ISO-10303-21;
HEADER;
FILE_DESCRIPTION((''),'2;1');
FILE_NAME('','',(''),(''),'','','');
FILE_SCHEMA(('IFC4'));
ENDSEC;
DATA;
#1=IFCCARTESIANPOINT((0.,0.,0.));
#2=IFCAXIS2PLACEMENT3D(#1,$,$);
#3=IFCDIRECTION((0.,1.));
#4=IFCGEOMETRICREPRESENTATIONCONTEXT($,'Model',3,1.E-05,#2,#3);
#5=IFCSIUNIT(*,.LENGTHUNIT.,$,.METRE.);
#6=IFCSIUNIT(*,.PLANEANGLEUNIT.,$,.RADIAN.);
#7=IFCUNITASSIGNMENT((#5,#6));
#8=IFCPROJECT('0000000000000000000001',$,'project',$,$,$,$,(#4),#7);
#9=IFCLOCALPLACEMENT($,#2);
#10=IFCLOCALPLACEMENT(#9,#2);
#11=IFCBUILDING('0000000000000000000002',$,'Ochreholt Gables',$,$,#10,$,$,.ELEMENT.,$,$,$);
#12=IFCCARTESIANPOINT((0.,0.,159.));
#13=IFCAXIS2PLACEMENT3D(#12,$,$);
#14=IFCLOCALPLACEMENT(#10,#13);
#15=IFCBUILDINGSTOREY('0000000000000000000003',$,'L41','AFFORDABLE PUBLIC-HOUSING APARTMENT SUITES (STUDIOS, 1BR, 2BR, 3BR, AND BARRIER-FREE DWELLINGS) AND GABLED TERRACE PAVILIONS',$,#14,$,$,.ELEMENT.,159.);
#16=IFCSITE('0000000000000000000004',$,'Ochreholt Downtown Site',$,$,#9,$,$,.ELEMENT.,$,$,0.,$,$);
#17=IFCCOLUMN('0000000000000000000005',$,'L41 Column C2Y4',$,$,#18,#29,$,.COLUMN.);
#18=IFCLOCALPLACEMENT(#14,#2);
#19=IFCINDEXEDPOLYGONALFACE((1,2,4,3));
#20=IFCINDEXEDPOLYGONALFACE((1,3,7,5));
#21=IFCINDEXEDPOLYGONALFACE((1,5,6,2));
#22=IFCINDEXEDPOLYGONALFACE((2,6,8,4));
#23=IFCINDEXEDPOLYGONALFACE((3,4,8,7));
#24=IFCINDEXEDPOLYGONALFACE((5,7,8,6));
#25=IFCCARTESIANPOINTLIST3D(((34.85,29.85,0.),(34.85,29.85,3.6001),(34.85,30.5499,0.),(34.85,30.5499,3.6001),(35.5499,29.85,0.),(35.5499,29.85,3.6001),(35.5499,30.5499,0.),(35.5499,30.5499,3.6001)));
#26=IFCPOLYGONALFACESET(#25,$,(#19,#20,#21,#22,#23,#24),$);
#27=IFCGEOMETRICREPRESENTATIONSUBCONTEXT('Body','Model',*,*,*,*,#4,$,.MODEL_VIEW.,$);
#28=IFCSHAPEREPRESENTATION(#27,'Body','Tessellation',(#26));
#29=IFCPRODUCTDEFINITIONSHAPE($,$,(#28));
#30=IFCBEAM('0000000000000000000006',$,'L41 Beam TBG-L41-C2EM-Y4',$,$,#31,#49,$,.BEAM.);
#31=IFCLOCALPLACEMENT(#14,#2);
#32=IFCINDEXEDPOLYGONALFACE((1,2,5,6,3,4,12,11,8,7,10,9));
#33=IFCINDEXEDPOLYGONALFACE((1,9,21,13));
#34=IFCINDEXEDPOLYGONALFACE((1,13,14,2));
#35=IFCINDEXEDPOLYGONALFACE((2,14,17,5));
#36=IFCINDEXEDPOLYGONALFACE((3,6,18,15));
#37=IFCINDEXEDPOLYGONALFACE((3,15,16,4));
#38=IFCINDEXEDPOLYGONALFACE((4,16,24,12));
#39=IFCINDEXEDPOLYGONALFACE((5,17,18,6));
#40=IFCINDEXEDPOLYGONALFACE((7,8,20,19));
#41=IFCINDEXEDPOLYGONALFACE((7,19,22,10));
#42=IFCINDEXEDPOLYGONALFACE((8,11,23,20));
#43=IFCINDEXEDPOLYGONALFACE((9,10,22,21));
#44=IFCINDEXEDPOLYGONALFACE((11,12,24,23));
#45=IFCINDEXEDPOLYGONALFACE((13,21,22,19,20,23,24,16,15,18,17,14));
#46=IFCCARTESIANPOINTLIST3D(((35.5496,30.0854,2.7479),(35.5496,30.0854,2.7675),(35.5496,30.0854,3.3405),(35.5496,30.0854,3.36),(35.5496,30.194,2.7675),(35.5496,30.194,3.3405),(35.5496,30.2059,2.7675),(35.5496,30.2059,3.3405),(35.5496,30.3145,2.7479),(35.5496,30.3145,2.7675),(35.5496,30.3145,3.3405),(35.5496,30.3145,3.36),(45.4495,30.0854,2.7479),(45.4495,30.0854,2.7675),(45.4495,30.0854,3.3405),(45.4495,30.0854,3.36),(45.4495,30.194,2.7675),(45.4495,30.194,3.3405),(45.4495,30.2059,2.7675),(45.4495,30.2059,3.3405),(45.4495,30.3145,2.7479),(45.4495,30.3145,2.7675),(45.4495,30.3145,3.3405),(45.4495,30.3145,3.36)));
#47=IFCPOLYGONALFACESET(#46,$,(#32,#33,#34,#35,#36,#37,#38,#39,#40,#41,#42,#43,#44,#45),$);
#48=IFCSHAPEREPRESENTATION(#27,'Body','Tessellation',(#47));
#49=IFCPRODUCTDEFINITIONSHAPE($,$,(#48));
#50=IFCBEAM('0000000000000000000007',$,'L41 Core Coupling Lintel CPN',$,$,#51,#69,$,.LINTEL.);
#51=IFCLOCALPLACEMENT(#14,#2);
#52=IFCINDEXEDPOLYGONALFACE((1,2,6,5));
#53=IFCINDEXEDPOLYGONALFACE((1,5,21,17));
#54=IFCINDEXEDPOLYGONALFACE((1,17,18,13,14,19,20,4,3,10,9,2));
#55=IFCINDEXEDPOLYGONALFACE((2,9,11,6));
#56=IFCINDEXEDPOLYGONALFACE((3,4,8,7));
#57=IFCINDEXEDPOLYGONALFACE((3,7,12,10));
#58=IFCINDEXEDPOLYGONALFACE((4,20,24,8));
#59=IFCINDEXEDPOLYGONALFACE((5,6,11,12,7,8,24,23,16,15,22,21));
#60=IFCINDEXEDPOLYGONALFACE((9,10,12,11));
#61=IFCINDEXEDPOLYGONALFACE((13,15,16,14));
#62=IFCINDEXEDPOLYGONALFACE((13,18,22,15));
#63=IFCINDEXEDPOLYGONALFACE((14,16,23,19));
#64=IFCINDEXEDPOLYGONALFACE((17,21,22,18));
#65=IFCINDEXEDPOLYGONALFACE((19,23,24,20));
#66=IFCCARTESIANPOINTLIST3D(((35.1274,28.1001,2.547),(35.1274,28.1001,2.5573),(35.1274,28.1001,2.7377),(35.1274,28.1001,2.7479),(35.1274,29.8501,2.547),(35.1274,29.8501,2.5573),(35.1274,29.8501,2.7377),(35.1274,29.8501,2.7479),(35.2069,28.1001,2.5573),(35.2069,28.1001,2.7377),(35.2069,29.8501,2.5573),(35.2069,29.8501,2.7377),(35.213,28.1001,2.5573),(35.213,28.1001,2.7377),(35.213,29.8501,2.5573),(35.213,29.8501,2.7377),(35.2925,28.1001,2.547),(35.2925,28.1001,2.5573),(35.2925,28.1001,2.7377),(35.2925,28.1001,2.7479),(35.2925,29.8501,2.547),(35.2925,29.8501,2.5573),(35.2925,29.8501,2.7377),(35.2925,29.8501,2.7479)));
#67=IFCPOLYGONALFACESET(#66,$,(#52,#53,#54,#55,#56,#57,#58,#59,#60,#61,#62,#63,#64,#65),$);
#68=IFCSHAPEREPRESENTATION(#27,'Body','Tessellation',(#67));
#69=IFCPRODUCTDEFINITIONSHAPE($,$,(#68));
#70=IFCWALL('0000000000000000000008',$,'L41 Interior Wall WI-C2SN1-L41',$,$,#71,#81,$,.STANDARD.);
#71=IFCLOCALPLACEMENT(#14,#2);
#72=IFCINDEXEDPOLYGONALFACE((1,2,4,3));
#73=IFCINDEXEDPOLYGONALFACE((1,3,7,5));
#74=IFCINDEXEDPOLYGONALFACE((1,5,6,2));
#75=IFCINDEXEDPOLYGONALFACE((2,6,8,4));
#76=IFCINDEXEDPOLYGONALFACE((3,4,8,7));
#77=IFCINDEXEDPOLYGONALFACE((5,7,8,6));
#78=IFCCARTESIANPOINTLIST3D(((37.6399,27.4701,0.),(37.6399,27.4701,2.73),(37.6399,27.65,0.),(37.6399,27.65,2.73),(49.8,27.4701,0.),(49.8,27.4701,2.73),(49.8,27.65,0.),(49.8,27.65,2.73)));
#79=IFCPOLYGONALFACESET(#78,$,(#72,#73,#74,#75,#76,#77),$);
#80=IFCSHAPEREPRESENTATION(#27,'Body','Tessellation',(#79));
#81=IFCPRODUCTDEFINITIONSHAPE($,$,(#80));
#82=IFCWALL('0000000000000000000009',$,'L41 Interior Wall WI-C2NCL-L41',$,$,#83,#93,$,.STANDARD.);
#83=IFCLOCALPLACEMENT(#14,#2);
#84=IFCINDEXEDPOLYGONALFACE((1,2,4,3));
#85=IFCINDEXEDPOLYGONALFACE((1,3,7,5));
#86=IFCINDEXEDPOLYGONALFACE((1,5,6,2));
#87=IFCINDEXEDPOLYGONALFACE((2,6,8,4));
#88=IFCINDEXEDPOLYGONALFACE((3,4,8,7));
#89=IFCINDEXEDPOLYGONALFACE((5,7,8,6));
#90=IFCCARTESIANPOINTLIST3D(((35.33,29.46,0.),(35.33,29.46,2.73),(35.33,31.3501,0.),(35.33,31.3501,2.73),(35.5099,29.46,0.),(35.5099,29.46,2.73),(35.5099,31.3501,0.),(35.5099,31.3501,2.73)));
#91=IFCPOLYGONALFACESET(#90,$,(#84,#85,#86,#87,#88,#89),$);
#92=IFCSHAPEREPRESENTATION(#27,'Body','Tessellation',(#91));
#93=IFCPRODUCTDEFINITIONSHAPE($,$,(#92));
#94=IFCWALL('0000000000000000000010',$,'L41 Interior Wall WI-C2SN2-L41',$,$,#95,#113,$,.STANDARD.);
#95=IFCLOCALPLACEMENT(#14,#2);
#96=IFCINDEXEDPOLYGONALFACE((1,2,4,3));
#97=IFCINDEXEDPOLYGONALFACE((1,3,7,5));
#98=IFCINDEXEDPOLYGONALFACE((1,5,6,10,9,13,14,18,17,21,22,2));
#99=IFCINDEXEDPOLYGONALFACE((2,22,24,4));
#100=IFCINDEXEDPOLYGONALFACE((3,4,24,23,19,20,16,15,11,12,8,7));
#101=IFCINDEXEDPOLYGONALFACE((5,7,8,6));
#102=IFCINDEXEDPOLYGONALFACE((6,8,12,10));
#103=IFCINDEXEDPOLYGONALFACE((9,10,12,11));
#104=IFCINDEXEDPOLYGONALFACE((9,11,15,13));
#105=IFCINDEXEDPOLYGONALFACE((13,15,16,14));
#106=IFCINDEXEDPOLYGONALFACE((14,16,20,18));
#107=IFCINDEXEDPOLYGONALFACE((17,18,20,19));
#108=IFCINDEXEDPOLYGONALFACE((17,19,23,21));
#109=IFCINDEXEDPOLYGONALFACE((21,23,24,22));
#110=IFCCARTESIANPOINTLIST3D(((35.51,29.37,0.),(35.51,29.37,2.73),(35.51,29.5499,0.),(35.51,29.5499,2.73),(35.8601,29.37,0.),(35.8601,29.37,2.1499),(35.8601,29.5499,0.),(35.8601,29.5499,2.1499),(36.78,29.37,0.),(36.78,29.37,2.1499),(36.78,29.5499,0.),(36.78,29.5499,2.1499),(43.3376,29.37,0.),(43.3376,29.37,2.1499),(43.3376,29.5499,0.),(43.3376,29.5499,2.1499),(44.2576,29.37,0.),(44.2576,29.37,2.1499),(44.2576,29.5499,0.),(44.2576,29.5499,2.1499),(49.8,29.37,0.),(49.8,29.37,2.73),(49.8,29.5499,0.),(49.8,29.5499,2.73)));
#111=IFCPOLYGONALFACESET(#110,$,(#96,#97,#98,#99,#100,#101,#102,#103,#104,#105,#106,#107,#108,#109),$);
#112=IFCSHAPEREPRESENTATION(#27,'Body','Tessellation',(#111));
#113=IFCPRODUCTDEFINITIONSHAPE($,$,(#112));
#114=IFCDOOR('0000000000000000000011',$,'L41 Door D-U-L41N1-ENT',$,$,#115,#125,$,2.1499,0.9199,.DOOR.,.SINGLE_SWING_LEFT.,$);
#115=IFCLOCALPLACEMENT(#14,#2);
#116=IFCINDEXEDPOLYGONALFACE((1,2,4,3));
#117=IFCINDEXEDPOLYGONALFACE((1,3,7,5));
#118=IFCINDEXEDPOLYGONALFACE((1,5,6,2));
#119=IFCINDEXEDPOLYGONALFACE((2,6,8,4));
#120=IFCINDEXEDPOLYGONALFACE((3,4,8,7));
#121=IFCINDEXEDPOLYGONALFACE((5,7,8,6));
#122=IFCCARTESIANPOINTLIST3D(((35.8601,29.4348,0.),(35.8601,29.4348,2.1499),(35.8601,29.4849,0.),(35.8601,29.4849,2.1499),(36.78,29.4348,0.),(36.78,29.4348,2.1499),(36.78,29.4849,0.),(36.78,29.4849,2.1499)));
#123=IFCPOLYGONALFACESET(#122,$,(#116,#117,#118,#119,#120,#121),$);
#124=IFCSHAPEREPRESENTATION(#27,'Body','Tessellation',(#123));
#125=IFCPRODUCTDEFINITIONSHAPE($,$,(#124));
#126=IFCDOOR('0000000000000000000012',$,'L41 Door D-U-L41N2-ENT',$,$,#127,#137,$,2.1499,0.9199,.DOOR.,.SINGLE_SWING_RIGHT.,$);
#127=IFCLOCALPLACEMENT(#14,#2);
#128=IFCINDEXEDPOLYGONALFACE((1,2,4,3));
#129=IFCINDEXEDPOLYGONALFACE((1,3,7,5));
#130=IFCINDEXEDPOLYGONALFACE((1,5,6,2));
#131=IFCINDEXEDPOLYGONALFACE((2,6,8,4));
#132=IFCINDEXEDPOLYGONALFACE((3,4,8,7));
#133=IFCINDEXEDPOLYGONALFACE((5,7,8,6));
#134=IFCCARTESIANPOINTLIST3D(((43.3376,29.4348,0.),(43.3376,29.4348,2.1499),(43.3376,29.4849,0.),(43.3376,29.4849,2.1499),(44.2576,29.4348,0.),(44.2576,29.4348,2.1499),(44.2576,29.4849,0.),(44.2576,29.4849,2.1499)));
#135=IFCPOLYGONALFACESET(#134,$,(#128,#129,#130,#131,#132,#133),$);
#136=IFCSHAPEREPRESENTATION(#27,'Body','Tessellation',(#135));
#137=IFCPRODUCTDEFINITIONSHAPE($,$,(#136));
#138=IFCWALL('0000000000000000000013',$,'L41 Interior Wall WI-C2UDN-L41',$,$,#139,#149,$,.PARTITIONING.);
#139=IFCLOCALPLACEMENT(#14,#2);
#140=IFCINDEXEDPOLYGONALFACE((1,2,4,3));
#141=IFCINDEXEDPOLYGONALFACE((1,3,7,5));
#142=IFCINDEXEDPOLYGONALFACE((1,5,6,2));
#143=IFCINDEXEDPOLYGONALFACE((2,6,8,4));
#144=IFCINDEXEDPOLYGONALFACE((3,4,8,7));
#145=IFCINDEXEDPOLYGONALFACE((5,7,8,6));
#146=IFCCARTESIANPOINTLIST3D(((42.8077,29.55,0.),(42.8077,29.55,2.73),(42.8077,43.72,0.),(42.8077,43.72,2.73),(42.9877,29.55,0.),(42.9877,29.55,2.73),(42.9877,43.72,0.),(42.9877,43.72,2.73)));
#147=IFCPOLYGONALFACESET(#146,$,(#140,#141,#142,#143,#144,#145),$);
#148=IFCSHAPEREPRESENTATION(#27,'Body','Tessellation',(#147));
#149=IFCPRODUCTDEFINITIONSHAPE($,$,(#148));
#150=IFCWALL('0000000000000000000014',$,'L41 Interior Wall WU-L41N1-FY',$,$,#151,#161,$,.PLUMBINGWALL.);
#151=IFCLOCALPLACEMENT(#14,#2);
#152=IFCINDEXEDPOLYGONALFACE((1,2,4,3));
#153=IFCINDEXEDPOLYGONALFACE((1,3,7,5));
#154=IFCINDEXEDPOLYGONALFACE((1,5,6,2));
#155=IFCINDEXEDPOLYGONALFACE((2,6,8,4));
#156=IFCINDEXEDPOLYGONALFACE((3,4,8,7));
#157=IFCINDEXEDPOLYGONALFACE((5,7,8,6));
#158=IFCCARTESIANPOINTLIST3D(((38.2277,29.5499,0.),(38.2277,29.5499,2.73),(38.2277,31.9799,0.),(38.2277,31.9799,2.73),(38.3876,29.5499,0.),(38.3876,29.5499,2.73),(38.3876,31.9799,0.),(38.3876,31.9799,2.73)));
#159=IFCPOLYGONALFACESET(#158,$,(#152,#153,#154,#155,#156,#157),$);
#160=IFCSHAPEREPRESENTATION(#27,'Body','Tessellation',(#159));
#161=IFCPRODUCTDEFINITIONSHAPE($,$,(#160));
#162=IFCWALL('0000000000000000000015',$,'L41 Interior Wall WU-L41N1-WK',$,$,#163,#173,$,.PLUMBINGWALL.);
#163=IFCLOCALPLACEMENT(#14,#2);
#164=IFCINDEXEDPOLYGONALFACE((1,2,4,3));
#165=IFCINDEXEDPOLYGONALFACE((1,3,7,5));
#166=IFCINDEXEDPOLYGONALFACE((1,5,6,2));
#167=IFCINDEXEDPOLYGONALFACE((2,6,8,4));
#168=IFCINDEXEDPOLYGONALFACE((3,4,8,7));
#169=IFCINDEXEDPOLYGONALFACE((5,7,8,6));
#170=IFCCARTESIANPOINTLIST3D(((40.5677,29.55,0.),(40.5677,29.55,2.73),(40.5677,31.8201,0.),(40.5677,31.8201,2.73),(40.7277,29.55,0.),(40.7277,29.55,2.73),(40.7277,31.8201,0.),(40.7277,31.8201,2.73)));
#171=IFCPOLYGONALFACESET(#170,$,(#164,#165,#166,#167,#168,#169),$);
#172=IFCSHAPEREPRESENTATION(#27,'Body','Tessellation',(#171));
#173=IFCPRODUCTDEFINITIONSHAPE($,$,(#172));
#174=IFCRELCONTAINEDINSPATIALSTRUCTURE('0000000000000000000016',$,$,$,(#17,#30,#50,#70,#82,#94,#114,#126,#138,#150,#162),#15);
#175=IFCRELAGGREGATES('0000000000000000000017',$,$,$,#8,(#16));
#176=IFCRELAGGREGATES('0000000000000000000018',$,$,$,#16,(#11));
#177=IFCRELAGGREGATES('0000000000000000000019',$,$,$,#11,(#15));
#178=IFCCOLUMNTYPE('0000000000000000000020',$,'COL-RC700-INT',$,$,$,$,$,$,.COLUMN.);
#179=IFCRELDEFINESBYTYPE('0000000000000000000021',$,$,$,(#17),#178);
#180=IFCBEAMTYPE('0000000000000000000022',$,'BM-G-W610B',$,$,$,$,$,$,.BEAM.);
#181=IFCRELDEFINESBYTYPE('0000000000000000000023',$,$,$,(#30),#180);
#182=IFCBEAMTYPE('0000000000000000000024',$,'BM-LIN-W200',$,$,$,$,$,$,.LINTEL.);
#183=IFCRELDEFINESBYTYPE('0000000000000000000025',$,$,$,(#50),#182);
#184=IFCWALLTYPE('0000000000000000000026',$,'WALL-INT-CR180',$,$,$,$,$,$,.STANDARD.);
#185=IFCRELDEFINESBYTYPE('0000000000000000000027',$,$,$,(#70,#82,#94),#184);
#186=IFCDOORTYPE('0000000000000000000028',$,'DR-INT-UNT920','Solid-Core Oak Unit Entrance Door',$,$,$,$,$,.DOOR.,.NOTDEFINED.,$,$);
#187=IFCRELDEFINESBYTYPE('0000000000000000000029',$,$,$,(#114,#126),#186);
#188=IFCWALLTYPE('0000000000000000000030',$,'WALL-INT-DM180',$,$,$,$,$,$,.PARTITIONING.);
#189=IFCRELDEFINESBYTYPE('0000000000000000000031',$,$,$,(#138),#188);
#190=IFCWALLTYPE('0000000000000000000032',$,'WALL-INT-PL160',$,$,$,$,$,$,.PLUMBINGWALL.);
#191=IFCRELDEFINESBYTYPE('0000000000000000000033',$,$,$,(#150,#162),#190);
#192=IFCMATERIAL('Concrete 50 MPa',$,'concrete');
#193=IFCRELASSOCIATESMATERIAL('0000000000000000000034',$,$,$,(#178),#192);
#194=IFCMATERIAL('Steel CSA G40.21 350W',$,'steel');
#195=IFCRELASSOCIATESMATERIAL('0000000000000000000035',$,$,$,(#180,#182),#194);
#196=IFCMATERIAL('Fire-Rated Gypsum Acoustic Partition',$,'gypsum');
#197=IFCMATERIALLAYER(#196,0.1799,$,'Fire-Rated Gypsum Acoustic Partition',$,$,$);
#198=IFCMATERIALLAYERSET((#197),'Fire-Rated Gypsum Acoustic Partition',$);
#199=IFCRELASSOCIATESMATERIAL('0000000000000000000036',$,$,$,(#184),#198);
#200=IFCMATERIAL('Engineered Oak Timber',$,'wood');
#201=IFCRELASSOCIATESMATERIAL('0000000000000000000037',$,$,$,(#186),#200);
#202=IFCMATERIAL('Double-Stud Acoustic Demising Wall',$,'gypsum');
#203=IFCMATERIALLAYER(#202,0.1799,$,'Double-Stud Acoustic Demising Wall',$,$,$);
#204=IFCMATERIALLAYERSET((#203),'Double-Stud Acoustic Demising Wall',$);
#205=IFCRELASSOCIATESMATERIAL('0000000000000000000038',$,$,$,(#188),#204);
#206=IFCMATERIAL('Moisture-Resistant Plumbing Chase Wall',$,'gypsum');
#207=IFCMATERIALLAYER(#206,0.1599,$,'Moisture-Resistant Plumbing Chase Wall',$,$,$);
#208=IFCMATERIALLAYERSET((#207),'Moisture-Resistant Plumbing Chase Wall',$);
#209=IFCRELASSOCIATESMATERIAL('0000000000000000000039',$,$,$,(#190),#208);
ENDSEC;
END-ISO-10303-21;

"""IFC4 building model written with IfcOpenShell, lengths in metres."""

from ifc_helpers import new_model, si_unit, direction, frame, frame_2d, origin, origin_2d, place, context, subcontext, project, spatial, rectangle, i_section, extrude, material, layer, layer_set, material_profile, profile_set, type_object, element, fill, save


model = new_model("IFC4")

# Units and contexts
model_context = context("Model", 3, precision=1e-05, world=origin(), true_north=direction((0.0, 1.0)))
body_context = subcontext(model_context, "Body", "Model", "MODEL_VIEW")
ifc_project = project(units=[si_unit("LENGTHUNIT", "METRE"), si_unit("PLANEANGLEUNIT", "RADIAN")], contexts=[model_context])

# Site, building, storey
site_placement = place(None, origin())
site = spatial("IfcSite", under=ifc_project, at=site_placement, Name="Ochreholt Downtown Site", CompositionType="ELEMENT", RefElevation=0.0)
building_placement = place(site_placement, origin())
building = spatial("IfcBuilding", under=site, at=building_placement, Name="Ochreholt Gables", CompositionType="ELEMENT")
storey_placement = place(building_placement, frame((0.0, 0.0, 159.0)))
storey = spatial("IfcBuildingStorey", under=building, at=storey_placement, Name="L41", Description="AFFORDABLE PUBLIC-HOUSING APARTMENT SUITES (STUDIOS, 1BR, 2BR, 3BR, AND BARRIER-FREE DWELLINGS) AND GABLED TERRACE PAVILIONS", CompositionType="ELEMENT", Elevation=159.0)

# Column
ifc_material_1 = material(Name="Concrete 50 MPa", Category="concrete")
ifc_material_profile_1 = material_profile(ifc_material_1, rectangle(XDim=0.7, YDim=0.7, at=origin_2d()), Name="RC700X700")
ifc_profile_set_1 = profile_set([ifc_material_profile_1], Name="Concrete 50 MPa")
column_type = type_object("IfcColumnType", Name="COL-RC700-INT", PredefinedType="COLUMN", material=ifc_profile_set_1)
column_placement = place(storey_placement, frame((35.2, 30.2, 0.0), z_axis=(0.0, 0.0, 1.0), x_axis=(1.0, 0.0, 0.0)))
element("IfcColumn", 1, at=column_placement, inside=storey, type_object=column_type, Name="L41 Column C2Y4", PredefinedType="COLUMN", context=body_context, shape_type="SweptSolid", body=[
    extrude(rectangle(XDim=0.7, YDim=0.7, at=origin_2d()), origin(), (0.0, 0.0, 1.0), 3.6001),
])

# Beams
ifc_material_2 = material(Name="Steel CSA G40.21 350W", Category="steel")
ifc_material_profile_2 = material_profile(ifc_material_2, i_section(OverallWidth=0.229, OverallDepth=0.6121, WebThickness=0.012, FlangeThickness=0.0195, at=origin_2d()), Name="W610X125")
ifc_profile_set_2 = profile_set([ifc_material_profile_2], Name="Steel CSA G40.21 350W")
beam_type_1 = type_object("IfcBeamType", Name="BM-G-W610B", PredefinedType="BEAM", material=ifc_profile_set_2)
beam_1_placement = place(storey_placement, frame((35.5496, 30.2, 3.054), z_axis=(1.0, 0.0, 0.0), x_axis=(0.0, 1.0, 0.0)))
element("IfcBeam", 2, at=beam_1_placement, inside=storey, type_object=beam_type_1, Name="L41 Beam TBG-L41-C2EM-Y4", PredefinedType="BEAM", context=body_context, shape_type="SweptSolid", body=[
    extrude(i_section(OverallWidth=0.229, OverallDepth=0.6121, WebThickness=0.012, FlangeThickness=0.0195, at=origin_2d()), origin(), (0.0, 0.0, 1.0), 9.8999),
])
ifc_material_profile_3 = material_profile(ifc_material_2, i_section(OverallWidth=0.165, OverallDepth=0.2009, WebThickness=0.0061, FlangeThickness=0.0103, at=origin_2d()), Name="W200X36")
ifc_profile_set_3 = profile_set([ifc_material_profile_3], Name="Steel CSA G40.21 350W")
beam_type_2 = type_object("IfcBeamType", Name="BM-LIN-W200", PredefinedType="LINTEL", material=ifc_profile_set_3)
beam_2_placement = place(storey_placement, frame((35.21, 28.1001, 2.6475), z_axis=(0.0, 1.0, 0.0), x_axis=(-1.0, 0.0, 0.0)))
element("IfcBeam", 3, at=beam_2_placement, inside=storey, type_object=beam_type_2, Name="L41 Core Coupling Lintel CPN", PredefinedType="LINTEL", context=body_context, shape_type="SweptSolid", body=[
    extrude(i_section(OverallWidth=0.165, OverallDepth=0.2009, WebThickness=0.0061, FlangeThickness=0.0103, at=origin_2d()), origin(), (0.0, 0.0, 1.0), 1.75),
])

# Walls
ifc_material_3 = material(Name="Fire-Rated Gypsum Acoustic Partition", Category="gypsum")
ifc_layer_1 = layer(ifc_material_3, 0.1799, Name="Fire-Rated Gypsum Acoustic Partition")
ifc_layer_set_1 = layer_set([ifc_layer_1], Name="Fire-Rated Gypsum Acoustic Partition")
wall_type_1 = type_object("IfcWallType", Name="WALL-INT-CR180", PredefinedType="STANDARD", material=ifc_layer_set_1)
wall_1_placement = place(storey_placement, frame((37.6399, 27.5601, 0.0), z_axis=(0.0, 0.0, 1.0), x_axis=(1.0, 0.0, 0.0)))
element("IfcWall", 4, at=wall_1_placement, inside=storey, type_object=wall_type_1, Name="L41 Interior Wall WI-C2SN1-L41", PredefinedType="STANDARD", context=body_context, shape_type="SweptSolid", body=[
    extrude(rectangle(XDim=12.1602, YDim=0.1799, at=frame_2d((6.0801, 0.0))), origin(), (0.0, 0.0, 1.0), 2.73),
])
wall_2_placement = place(storey_placement, frame((35.4199, 29.46, 0.0), z_axis=(0.0, 0.0, 1.0), x_axis=(0.0, 1.0, 0.0)))
element("IfcWall", 5, at=wall_2_placement, inside=storey, type_object=wall_type_1, Name="L41 Interior Wall WI-C2NCL-L41", PredefinedType="STANDARD", context=body_context, shape_type="SweptSolid", body=[
    extrude(rectangle(XDim=1.8901, YDim=0.1799, at=frame_2d((0.9451, 0.0))), origin(), (0.0, 0.0, 1.0), 2.73),
])

# Wall, openings, doors
wall_3_placement = place(storey_placement, frame((35.51, 29.46, 0.0), z_axis=(0.0, 0.0, 1.0), x_axis=(1.0, 0.0, 0.0)))
wall_3 = element("IfcWall", 6, at=wall_3_placement, inside=storey, type_object=wall_type_1, Name="L41 Interior Wall WI-C2SN2-L41", PredefinedType="STANDARD", context=body_context, shape_type="SweptSolid", body=[
    extrude(rectangle(XDim=14.29, YDim=0.1799, at=frame_2d((7.145, 0.0))), origin(), (0.0, 0.0, 1.0), 2.73),
])
opening_1_placement = place(wall_3_placement, frame((0.3501, 0.0, 0.0)))
opening_1 = element("IfcOpeningElement", 7, at=opening_1_placement, cuts=wall_3, PredefinedType="OPENING", context=body_context, shape_type="SweptSolid", body=[
    extrude(rectangle(XDim=0.9199, YDim=2.1499, at=frame_2d((0.46, 1.075))), frame((0.0, 0.0999, 0.0), z_axis=(0.0, -1.0, 0.0), x_axis=(1.0, 0.0, 0.0)), (0.0, 0.0, 1.0), 0.2),
])
opening_2_placement = place(wall_3_placement, frame((7.8276, 0.0, 0.0)))
opening_2 = element("IfcOpeningElement", 8, at=opening_2_placement, cuts=wall_3, PredefinedType="OPENING", context=body_context, shape_type="SweptSolid", body=[
    extrude(rectangle(XDim=0.9199, YDim=2.1499, at=frame_2d((0.46, 1.075))), frame((0.0, 0.0999, 0.0), z_axis=(0.0, -1.0, 0.0), x_axis=(1.0, 0.0, 0.0)), (0.0, 0.0, 1.0), 0.2),
])
ifc_material_4 = material(Name="Engineered Oak Timber", Category="wood")
door_type_1 = type_object("IfcDoorType", Name="DR-INT-UNT920", Description="Solid-Core Oak Unit Entrance Door", OperationType="NOTDEFINED", PredefinedType="DOOR", material=ifc_material_4)
door_1_placement = place(opening_1_placement, origin())
door_1 = element("IfcDoor", 9, at=door_1_placement, inside=storey, type_object=door_type_1, Name="L41 Door D-U-L41N1-ENT", OperationType="SINGLE_SWING_LEFT", OverallHeight=2.1499, OverallWidth=0.9199, PredefinedType="DOOR", context=body_context, shape_type="SweptSolid", body=[
    extrude(rectangle(XDim=0.9199, YDim=2.1499, at=frame_2d((0.46, 1.075))), frame((0.0, 0.0249, 0.0), z_axis=(0.0, -1.0, 0.0), x_axis=(1.0, 0.0, 0.0)), (0.0, 0.0, 1.0), 0.05),
])
fill(opening_1, door_1)
door_2_placement = place(opening_2_placement, origin())
door_2 = element("IfcDoor", 10, at=door_2_placement, inside=storey, type_object=door_type_1, Name="L41 Door D-U-L41N2-ENT", OperationType="SINGLE_SWING_RIGHT", OverallHeight=2.1499, OverallWidth=0.9199, PredefinedType="DOOR", context=body_context, shape_type="SweptSolid", body=[
    extrude(rectangle(XDim=0.9199, YDim=2.1499, at=frame_2d((0.46, 1.075))), frame((0.0, 0.0249, 0.0), z_axis=(0.0, -1.0, 0.0), x_axis=(1.0, 0.0, 0.0)), (0.0, 0.0, 1.0), 0.05),
])
fill(opening_2, door_2)

# Walls
ifc_material_5 = material(Name="Double-Stud Acoustic Demising Wall", Category="gypsum")
ifc_layer_2 = layer(ifc_material_5, 0.1799, Name="Double-Stud Acoustic Demising Wall")
ifc_layer_set_2 = layer_set([ifc_layer_2], Name="Double-Stud Acoustic Demising Wall")
wall_type_2 = type_object("IfcWallType", Name="WALL-INT-DM180", PredefinedType="PARTITIONING", material=ifc_layer_set_2)
wall_4_placement = place(storey_placement, frame((42.8977, 29.55, 0.0), z_axis=(0.0, 0.0, 1.0), x_axis=(0.0, 1.0, 0.0)))
element("IfcWall", 11, at=wall_4_placement, inside=storey, type_object=wall_type_2, Name="L41 Interior Wall WI-C2UDN-L41", PredefinedType="PARTITIONING", context=body_context, shape_type="SweptSolid", body=[
    extrude(rectangle(XDim=14.1699, YDim=0.1799, at=frame_2d((7.085, 0.0))), origin(), (0.0, 0.0, 1.0), 2.73),
])
ifc_material_6 = material(Name="Moisture-Resistant Plumbing Chase Wall", Category="gypsum")
ifc_layer_3 = layer(ifc_material_6, 0.1599, Name="Moisture-Resistant Plumbing Chase Wall")
ifc_layer_set_3 = layer_set([ifc_layer_3], Name="Moisture-Resistant Plumbing Chase Wall")
wall_type_3 = type_object("IfcWallType", Name="WALL-INT-PL160", PredefinedType="PLUMBINGWALL", material=ifc_layer_set_3)
wall_5_placement = place(storey_placement, frame((38.3076, 29.55, 0.0), z_axis=(0.0, 0.0, 1.0), x_axis=(0.0, 1.0, 0.0)))
element("IfcWall", 12, at=wall_5_placement, inside=storey, type_object=wall_type_3, Name="L41 Interior Wall WU-L41N1-FY", PredefinedType="PLUMBINGWALL", context=body_context, shape_type="SweptSolid", body=[
    extrude(rectangle(XDim=2.4299, YDim=0.1599, at=frame_2d((1.2148, 0.0))), origin(), (0.0, 0.0, 1.0), 2.73),
])
wall_6_placement = place(storey_placement, frame((40.6477, 29.55, 0.0), z_axis=(0.0, 0.0, 1.0), x_axis=(0.0, 1.0, 0.0)))
element("IfcWall", 13, at=wall_6_placement, inside=storey, type_object=wall_type_3, Name="L41 Interior Wall WU-L41N1-WK", PredefinedType="PLUMBINGWALL", context=body_context, shape_type="SweptSolid", body=[
    extrude(rectangle(XDim=2.27, YDim=0.1599, at=frame_2d((1.135, 0.0))), origin(), (0.0, 0.0, 1.0), 2.73),
])

save(model, "model.ifc")
